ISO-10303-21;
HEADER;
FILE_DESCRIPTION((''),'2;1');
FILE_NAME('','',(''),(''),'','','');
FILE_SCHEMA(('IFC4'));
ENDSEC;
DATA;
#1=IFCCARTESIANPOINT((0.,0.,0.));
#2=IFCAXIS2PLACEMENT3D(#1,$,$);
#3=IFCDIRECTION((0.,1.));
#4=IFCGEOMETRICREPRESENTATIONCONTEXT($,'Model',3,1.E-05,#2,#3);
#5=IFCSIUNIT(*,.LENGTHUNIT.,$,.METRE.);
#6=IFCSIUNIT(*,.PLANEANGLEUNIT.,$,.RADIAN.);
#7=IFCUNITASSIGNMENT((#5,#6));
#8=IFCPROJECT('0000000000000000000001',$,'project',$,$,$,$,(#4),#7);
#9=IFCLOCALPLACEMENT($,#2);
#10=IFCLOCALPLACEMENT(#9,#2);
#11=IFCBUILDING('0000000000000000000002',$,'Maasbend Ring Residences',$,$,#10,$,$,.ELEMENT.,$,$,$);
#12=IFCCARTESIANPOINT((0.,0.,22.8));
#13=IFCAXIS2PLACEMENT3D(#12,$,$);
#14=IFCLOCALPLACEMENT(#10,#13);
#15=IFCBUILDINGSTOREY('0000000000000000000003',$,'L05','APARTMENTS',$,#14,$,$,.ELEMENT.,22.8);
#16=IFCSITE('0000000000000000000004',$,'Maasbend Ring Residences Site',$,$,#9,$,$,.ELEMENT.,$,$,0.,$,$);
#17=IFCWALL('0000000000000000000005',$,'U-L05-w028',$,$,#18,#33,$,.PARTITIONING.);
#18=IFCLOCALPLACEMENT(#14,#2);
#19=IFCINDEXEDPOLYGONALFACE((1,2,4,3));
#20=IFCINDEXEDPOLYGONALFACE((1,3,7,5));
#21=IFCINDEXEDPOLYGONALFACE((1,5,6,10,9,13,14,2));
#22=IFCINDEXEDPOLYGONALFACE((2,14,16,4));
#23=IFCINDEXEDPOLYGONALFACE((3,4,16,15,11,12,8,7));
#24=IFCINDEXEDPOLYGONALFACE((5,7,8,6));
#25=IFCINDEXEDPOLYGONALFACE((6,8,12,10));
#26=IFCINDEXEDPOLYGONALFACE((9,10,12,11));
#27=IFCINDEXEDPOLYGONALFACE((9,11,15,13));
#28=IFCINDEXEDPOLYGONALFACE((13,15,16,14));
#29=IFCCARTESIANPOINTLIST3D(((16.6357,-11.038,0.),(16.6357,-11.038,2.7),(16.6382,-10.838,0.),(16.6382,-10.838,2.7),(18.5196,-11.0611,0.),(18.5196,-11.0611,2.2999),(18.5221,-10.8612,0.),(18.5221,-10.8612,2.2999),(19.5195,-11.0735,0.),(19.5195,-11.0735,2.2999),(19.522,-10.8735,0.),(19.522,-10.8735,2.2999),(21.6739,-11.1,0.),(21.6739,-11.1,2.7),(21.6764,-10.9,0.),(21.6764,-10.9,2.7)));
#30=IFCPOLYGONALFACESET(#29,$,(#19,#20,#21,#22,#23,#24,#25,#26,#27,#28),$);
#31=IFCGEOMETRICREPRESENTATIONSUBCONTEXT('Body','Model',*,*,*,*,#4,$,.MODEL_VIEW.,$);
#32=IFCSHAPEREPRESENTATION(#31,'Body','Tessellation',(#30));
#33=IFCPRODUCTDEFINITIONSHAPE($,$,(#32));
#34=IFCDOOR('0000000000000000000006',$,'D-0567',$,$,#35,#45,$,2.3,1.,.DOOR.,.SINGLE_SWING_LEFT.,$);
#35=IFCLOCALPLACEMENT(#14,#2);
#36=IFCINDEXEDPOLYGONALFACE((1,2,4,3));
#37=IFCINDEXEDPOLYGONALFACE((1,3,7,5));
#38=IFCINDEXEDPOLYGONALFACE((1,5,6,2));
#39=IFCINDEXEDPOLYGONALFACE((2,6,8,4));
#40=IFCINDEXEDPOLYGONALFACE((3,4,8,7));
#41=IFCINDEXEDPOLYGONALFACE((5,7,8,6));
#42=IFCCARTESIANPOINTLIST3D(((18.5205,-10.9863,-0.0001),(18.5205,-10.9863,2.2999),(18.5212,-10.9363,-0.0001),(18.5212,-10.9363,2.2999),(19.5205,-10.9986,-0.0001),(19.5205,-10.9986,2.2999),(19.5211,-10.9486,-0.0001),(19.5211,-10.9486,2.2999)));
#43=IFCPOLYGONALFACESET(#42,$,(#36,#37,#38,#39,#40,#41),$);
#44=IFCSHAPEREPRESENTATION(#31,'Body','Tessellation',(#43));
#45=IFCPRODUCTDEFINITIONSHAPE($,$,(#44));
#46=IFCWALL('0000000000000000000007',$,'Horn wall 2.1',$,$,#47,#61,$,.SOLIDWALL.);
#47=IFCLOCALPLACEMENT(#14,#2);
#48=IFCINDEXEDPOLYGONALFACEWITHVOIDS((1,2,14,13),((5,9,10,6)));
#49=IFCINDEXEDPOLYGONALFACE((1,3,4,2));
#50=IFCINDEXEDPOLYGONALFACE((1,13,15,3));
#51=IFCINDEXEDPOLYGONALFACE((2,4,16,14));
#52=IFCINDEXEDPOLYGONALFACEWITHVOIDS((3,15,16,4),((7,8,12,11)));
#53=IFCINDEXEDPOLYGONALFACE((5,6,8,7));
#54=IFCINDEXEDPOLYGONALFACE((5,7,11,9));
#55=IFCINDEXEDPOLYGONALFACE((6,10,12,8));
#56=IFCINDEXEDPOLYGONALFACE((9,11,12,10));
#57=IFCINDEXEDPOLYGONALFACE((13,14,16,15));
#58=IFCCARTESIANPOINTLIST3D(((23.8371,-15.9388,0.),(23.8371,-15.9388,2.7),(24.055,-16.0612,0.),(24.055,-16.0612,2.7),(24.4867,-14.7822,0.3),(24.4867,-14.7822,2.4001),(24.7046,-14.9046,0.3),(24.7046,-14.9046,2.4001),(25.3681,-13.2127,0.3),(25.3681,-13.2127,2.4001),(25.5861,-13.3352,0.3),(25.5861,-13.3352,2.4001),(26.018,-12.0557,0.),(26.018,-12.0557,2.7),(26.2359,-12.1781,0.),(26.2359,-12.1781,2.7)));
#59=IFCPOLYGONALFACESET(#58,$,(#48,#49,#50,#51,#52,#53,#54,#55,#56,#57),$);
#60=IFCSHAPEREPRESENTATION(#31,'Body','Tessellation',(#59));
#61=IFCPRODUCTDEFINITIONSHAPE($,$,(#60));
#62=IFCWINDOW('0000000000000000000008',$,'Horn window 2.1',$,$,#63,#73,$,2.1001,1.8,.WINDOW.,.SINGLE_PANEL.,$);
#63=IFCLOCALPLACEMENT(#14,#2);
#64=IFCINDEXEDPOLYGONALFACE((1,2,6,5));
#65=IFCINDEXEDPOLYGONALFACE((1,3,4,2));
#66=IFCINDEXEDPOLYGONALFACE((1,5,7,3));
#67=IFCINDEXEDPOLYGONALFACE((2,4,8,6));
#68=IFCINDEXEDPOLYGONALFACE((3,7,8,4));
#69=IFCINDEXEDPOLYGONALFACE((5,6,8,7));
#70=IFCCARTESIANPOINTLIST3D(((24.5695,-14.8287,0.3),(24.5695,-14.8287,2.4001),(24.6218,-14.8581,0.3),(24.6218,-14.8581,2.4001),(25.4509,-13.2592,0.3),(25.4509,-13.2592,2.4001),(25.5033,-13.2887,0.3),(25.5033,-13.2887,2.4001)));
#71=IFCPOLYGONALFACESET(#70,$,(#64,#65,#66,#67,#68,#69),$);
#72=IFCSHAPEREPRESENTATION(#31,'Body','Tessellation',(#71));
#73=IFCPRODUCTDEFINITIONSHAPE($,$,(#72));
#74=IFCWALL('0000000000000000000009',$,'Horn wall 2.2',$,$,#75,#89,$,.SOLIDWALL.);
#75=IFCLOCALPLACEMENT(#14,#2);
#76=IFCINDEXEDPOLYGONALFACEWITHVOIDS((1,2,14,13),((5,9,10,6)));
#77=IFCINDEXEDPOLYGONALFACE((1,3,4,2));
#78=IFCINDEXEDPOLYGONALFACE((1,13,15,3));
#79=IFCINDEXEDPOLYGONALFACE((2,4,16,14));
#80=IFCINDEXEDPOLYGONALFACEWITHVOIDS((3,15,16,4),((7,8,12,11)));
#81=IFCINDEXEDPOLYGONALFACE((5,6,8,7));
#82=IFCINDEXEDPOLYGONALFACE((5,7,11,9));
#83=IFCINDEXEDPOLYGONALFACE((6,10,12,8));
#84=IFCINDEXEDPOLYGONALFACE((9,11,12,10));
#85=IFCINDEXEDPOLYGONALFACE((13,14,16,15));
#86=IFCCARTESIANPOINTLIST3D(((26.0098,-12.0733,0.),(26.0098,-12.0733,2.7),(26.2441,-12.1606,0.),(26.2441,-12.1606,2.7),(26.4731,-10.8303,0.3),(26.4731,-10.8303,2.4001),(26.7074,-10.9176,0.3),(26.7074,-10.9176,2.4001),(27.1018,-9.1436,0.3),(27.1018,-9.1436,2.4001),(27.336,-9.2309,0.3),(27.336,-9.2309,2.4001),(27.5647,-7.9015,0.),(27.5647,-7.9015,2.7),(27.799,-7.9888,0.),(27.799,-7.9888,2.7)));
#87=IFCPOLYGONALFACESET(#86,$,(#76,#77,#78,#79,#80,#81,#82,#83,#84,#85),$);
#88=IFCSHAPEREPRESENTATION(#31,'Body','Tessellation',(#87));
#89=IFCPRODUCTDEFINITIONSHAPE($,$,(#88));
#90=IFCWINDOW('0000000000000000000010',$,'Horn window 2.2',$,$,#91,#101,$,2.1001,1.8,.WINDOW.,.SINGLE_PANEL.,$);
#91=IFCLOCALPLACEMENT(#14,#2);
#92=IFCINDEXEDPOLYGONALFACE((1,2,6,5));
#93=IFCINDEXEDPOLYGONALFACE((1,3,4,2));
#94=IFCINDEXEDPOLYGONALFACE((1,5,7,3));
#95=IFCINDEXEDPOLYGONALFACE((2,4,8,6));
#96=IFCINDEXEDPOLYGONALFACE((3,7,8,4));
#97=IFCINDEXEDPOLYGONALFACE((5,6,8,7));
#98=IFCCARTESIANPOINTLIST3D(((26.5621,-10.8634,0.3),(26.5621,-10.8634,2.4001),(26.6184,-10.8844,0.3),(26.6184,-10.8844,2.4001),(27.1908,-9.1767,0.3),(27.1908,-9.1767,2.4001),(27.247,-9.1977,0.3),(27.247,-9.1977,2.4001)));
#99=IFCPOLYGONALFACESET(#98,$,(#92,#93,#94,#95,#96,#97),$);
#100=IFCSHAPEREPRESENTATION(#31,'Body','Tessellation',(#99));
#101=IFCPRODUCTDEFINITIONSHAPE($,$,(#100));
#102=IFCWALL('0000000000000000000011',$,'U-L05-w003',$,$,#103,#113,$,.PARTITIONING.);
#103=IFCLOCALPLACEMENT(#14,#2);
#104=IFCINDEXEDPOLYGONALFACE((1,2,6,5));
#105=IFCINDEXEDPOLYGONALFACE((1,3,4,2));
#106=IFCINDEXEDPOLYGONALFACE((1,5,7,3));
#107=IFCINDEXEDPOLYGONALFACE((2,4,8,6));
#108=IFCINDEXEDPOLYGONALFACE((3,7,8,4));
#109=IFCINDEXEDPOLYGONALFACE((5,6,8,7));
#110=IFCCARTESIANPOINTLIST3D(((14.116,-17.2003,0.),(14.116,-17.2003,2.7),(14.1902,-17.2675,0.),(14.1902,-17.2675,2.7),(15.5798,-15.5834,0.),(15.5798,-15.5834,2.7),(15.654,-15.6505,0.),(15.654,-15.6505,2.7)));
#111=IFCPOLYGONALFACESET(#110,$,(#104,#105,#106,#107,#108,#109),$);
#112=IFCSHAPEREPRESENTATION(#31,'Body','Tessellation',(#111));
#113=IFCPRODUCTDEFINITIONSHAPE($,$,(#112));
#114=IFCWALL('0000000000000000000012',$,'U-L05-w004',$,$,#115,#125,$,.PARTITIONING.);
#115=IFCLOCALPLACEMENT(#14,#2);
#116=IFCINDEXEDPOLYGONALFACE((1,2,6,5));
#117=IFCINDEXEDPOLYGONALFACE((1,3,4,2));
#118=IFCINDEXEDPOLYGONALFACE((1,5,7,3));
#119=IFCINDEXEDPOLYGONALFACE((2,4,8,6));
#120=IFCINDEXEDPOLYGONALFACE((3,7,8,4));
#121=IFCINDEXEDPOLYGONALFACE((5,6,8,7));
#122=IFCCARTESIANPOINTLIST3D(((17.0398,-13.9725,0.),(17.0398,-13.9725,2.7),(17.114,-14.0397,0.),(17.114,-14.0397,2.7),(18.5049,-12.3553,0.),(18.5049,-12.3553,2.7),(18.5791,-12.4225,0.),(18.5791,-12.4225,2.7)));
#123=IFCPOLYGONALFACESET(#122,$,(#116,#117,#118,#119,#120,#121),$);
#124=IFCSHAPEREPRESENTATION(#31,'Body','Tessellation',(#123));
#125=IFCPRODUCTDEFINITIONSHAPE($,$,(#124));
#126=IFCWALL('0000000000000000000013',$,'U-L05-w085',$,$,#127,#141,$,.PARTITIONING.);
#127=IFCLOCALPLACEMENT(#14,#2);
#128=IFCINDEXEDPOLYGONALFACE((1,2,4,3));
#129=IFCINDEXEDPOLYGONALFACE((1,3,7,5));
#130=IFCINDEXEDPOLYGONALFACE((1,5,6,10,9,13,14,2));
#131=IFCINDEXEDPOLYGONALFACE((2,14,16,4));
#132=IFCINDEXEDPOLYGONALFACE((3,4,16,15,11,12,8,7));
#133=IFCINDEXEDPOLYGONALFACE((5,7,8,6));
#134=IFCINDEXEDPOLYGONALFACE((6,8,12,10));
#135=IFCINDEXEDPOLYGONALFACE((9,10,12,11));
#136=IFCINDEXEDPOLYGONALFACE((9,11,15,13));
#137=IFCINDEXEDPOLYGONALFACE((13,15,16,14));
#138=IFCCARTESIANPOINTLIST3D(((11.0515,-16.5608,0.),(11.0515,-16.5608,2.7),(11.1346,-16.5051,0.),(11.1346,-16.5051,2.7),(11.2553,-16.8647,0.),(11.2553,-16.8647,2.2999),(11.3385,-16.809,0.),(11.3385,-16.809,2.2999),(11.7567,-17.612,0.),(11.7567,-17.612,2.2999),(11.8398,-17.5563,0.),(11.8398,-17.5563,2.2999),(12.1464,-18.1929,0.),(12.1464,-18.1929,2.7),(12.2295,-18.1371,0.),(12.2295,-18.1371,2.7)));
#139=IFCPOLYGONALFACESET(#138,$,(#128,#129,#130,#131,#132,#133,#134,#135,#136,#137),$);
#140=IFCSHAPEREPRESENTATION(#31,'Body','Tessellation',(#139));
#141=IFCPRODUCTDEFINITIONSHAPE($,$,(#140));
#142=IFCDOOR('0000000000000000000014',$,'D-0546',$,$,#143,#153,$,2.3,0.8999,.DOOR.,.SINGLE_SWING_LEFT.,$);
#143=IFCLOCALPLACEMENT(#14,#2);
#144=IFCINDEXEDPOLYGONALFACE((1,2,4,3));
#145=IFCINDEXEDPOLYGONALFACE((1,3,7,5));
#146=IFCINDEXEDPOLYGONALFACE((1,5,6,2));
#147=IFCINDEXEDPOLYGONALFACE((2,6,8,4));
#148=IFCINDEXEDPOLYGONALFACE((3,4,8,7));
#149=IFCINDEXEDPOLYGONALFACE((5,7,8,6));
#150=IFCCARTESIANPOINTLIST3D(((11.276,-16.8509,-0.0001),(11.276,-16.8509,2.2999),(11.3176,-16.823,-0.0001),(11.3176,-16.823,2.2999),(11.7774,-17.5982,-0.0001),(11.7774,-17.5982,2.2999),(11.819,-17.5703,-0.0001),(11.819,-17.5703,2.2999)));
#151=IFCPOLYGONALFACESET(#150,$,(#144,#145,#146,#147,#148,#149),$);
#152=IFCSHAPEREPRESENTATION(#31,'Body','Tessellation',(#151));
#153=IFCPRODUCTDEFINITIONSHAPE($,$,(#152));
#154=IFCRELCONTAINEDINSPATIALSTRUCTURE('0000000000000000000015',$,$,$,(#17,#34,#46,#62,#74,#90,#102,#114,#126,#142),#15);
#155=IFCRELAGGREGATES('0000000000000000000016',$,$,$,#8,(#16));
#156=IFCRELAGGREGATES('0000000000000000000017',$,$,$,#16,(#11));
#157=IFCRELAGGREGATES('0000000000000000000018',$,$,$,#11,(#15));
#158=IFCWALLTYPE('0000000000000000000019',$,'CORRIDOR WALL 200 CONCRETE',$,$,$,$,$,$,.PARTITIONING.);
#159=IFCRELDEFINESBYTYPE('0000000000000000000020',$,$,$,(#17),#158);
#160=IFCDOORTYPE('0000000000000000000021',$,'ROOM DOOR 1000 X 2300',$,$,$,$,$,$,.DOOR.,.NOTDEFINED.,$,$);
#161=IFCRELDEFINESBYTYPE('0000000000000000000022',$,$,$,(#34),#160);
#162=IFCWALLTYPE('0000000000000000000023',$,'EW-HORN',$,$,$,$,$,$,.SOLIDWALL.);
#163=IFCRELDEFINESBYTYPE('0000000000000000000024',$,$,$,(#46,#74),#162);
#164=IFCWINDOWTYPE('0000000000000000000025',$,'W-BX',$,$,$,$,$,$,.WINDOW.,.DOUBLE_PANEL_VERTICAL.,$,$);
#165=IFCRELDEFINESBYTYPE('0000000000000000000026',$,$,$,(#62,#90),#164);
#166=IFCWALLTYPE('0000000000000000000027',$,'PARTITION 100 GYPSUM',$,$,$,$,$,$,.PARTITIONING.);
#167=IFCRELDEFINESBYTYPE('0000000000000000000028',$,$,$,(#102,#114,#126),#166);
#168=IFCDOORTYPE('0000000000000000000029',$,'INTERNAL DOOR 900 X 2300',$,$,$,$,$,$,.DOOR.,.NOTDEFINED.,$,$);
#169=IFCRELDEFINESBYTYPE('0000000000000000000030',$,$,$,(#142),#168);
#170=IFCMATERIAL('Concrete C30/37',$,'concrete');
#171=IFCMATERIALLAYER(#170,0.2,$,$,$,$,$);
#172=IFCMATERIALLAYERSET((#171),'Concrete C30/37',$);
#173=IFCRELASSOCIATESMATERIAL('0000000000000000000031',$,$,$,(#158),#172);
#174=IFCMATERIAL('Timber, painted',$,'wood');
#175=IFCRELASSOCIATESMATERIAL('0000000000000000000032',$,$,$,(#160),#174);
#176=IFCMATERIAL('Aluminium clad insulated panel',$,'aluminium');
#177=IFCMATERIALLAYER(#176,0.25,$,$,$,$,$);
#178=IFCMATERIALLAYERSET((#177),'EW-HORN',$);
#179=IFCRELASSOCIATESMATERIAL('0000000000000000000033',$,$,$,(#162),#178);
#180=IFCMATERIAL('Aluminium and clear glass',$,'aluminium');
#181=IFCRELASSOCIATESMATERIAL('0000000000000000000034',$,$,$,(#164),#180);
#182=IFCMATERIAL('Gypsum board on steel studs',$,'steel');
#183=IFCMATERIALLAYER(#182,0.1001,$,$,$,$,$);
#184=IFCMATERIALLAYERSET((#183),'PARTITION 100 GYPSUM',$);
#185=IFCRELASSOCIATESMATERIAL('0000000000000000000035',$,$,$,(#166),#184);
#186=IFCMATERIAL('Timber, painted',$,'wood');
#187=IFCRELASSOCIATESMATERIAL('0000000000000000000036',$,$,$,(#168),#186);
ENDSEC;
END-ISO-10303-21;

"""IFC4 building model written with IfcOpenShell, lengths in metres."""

from ifc_helpers import new_model, si_unit, direction, frame, frame_2d, origin, place, context, subcontext, project, spatial, rectangle, extrude, material, layer, layer_set, type_object, element, fill, save


model = new_model("IFC4")

# Units and contexts
model_context = context("Model", 3, precision=1e-05, world=origin(), true_north=direction((0.0, 1.0)))
body_context = subcontext(model_context, "Body", "Model", "MODEL_VIEW")
ifc_project = project(units=[si_unit("LENGTHUNIT", "METRE"), si_unit("PLANEANGLEUNIT", "RADIAN")], contexts=[model_context])

# Site, building, storey
site_placement = place(None, origin())
site = spatial("IfcSite", under=ifc_project, at=site_placement, Name="Maasbend Ring Residences Site", CompositionType="ELEMENT", RefElevation=0.0)
building_placement = place(site_placement, origin())
building = spatial("IfcBuilding", under=site, at=building_placement, Name="Maasbend Ring Residences", CompositionType="ELEMENT")
storey_placement = place(building_placement, frame((0.0, 0.0, 22.8)))
storey = spatial("IfcBuildingStorey", under=building, at=storey_placement, Name="L05", Description="APARTMENTS", CompositionType="ELEMENT", Elevation=22.8)

# Shared definitions
ifc_material_1 = material(Name="Concrete C30/37", Category="concrete")
ifc_layer_1 = layer(ifc_material_1, 0.2)
ifc_layer_set_1 = layer_set([ifc_layer_1], Name="Concrete C30/37")
wall_type_1 = type_object("IfcWallType", Name="CORRIDOR WALL 200 CONCRETE", PredefinedType="PARTITIONING", material=ifc_layer_set_1)

# Wall, opening, door
wall_1_placement = place(storey_placement, frame((16.637, -10.938, 0.0), z_axis=(0.0, 0.0, 1.0), x_axis=(0.999924, -0.012308, 0.0)))
wall_1 = element("IfcWall", 1, at=wall_1_placement, inside=storey, type_object=wall_type_1, Name="U-L05-w028", PredefinedType="PARTITIONING", context=body_context, shape_type="SweptSolid", body=[
    extrude(rectangle(XDim=5.0386, YDim=0.2, at=frame_2d((2.5193, 0.0))), origin(), (0.0, 0.0, 1.0), 2.7),
])
opening_1_placement = place(wall_1_placement, frame((1.884, 0.0, 0.0)))
opening_1 = element("IfcOpeningElement", 2, at=opening_1_placement, cuts=wall_1, PredefinedType="OPENING", context=body_context, shape_type="SweptSolid", body=[
    extrude(rectangle(XDim=1.0, YDim=2.3, at=frame_2d((0.5, 1.1499))), frame((0.0, 0.1099, 0.0), z_axis=(0.0, -1.0, 0.0), x_axis=(1.0, 0.0, 0.0)), (0.0, 0.0, 1.0), 0.22),
])
ifc_material_2 = material(Name="Timber, painted", Category="wood")
door_type_1 = type_object("IfcDoorType", Name="ROOM DOOR 1000 X 2300", OperationType="NOTDEFINED", PredefinedType="DOOR", material=ifc_material_2)
door_1_placement = place(opening_1_placement, origin())
door_1 = element("IfcDoor", 3, at=door_1_placement, inside=storey, type_object=door_type_1, Name="D-0567", OperationType="SINGLE_SWING_LEFT", OverallHeight=2.3, OverallWidth=1.0, PredefinedType="DOOR", context=body_context, shape_type="SweptSolid", body=[
    extrude(rectangle(XDim=1.0, YDim=2.3, at=frame_2d((0.5, 1.1499))), frame((0.0, 0.0249, 0.0), z_axis=(0.0, -1.0, 0.0), x_axis=(1.0, 0.0, 0.0)), (0.0, 0.0, 1.0), 0.05),
])
fill(opening_1, door_1)

# Walls, openings, windows
ifc_material_3 = material(Name="Aluminium clad insulated panel", Category="aluminium")
ifc_layer_2 = layer(ifc_material_3, 0.25)
ifc_layer_set_2 = layer_set([ifc_layer_2], Name="EW-HORN")
wall_type_2 = type_object("IfcWallType", Name="EW-HORN", PredefinedType="SOLIDWALL", material=ifc_layer_set_2)
wall_2_placement = place(storey_placement, frame((23.946, -16.0, 0.0), z_axis=(0.0, 0.0, 1.0), x_axis=(0.489696, 0.871893, 0.0)))
wall_2 = element("IfcWall", 4, at=wall_2_placement, inside=storey, type_object=wall_type_2, Name="Horn wall 2.1", PredefinedType="SOLIDWALL", context=body_context, shape_type="SweptSolid", body=[
    extrude(rectangle(XDim=4.4536, YDim=0.25, at=frame_2d((2.2268, 0.0))), origin(), (0.0, 0.0, 1.0), 2.7),
])
opening_2_placement = place(wall_2_placement, frame((1.3267, 0.0, 0.3)))
opening_2 = element("IfcOpeningElement", 5, at=opening_2_placement, cuts=wall_2, PredefinedType="OPENING", context=body_context, shape_type="SweptSolid", body=[
    extrude(rectangle(XDim=1.8, YDim=2.1001, at=frame_2d((0.8999, 1.05))), frame((0.0, 0.135, 0.0), z_axis=(0.0, -1.0, 0.0), x_axis=(1.0, 0.0, 0.0)), (0.0, 0.0, 1.0), 0.27),
])
ifc_material_4 = material(Name="Aluminium and clear glass", Category="aluminium")
window_type = type_object("IfcWindowType", Name="W-BX", PartitioningType="DOUBLE_PANEL_VERTICAL", PredefinedType="WINDOW", material=ifc_material_4)
window_1_placement = place(opening_2_placement, origin())
window_1 = element("IfcWindow", 6, at=window_1_placement, inside=storey, type_object=window_type, Name="Horn window 2.1", OverallHeight=2.1001, OverallWidth=1.8, PartitioningType="SINGLE_PANEL", PredefinedType="WINDOW", context=body_context, shape_type="SweptSolid", body=[
    extrude(rectangle(XDim=1.8, YDim=2.1001, at=frame_2d((0.8999, 1.05))), frame((0.0, 0.03, 0.0), z_axis=(0.0, -1.0, 0.0), x_axis=(1.0, 0.0, 0.0)), (0.0, 0.0, 1.0), 0.0601),
])
fill(opening_2, window_1)
wall_3_placement = place(storey_placement, frame((26.127, -12.1169, 0.0), z_axis=(0.0, 0.0, 1.0), x_axis=(0.349248, 0.93703, 0.0)))
wall_3 = element("IfcWall", 7, at=wall_3_placement, inside=storey, type_object=wall_type_2, Name="Horn wall 2.2", PredefinedType="SOLIDWALL", context=body_context, shape_type="SweptSolid", body=[
    extrude(rectangle(XDim=4.4521, YDim=0.25, at=frame_2d((2.2261, 0.0))), origin(), (0.0, 0.0, 1.0), 2.7),
])
opening_3_placement = place(wall_3_placement, frame((1.3267, 0.0, 0.3)))
opening_3 = element("IfcOpeningElement", 8, at=opening_3_placement, cuts=wall_3, PredefinedType="OPENING", context=body_context, shape_type="SweptSolid", body=[
    extrude(rectangle(XDim=1.8, YDim=2.1001, at=frame_2d((0.8999, 1.05))), frame((0.0, 0.135, 0.0), z_axis=(0.0, -1.0, 0.0), x_axis=(1.0, 0.0, 0.0)), (0.0, 0.0, 1.0), 0.27),
])
window_2_placement = place(opening_3_placement, origin())
window_2 = element("IfcWindow", 9, at=window_2_placement, inside=storey, type_object=window_type, Name="Horn window 2.2", OverallHeight=2.1001, OverallWidth=1.8, PartitioningType="SINGLE_PANEL", PredefinedType="WINDOW", context=body_context, shape_type="SweptSolid", body=[
    extrude(rectangle(XDim=1.8, YDim=2.1001, at=frame_2d((0.8999, 1.05))), frame((0.0, 0.03, 0.0), z_axis=(0.0, -1.0, 0.0), x_axis=(1.0, 0.0, 0.0)), (0.0, 0.0, 1.0), 0.0601),
])
fill(opening_3, window_2)

# Walls
ifc_material_5 = material(Name="Gypsum board on steel studs", Category="steel")
ifc_layer_3 = layer(ifc_material_5, 0.1001)
ifc_layer_set_3 = layer_set([ifc_layer_3], Name="PARTITION 100 GYPSUM")
wall_type_3 = type_object("IfcWallType", Name="PARTITION 100 GYPSUM", PredefinedType="PARTITIONING", material=ifc_layer_set_3)
wall_4_placement = place(storey_placement, frame((14.1531, -17.2339, 0.0), z_axis=(0.0, 0.0, 1.0), x_axis=(0.671145, 0.741326, 0.0)))
element("IfcWall", 10, at=wall_4_placement, inside=storey, type_object=wall_type_3, Name="U-L05-w003", PredefinedType="PARTITIONING", context=body_context, shape_type="SweptSolid", body=[
    extrude(rectangle(XDim=2.1812, YDim=0.1001, at=frame_2d((1.0906, 0.0))), origin(), (0.0, 0.0, 1.0), 2.7),
])
wall_5_placement = place(storey_placement, frame((17.0769, -14.0061, 0.0), z_axis=(0.0, 0.0, 1.0), x_axis=(0.671397, 0.741098, 0.0)))
element("IfcWall", 11, at=wall_5_placement, inside=storey, type_object=wall_type_3, Name="U-L05-w004", PredefinedType="PARTITIONING", context=body_context, shape_type="SweptSolid", body=[
    extrude(rectangle(XDim=2.1821, YDim=0.1001, at=frame_2d((1.0911, 0.0))), origin(), (0.0, 0.0, 1.0), 2.7),
])

# Wall, opening, door
wall_6_placement = place(storey_placement, frame((11.093, -16.533, 0.0), z_axis=(0.0, 0.0, 1.0), x_axis=(0.557134, -0.830422, 0.0)))
wall_6 = element("IfcWall", 12, at=wall_6_placement, inside=storey, type_object=wall_type_3, Name="U-L05-w085", PredefinedType="PARTITIONING", context=body_context, shape_type="SweptSolid", body=[
    extrude(rectangle(XDim=1.9653, YDim=0.1001, at=frame_2d((0.9827, 0.0))), origin(), (0.0, 0.0, 1.0), 2.7),
])
opening_4_placement = place(wall_6_placement, frame((0.366, 0.0, 0.0)))
opening_4 = element("IfcOpeningElement", 13, at=opening_4_placement, cuts=wall_6, PredefinedType="OPENING", context=body_context, shape_type="SweptSolid", body=[
    extrude(rectangle(XDim=0.8999, YDim=2.3, at=frame_2d((0.45, 1.1499))), frame((0.0, 0.0601, 0.0), z_axis=(0.0, -1.0, 0.0), x_axis=(1.0, 0.0, 0.0)), (0.0, 0.0, 1.0), 0.1201),
])
ifc_material_6 = material(Name="Timber, painted", Category="wood")
door_type_2 = type_object("IfcDoorType", Name="INTERNAL DOOR 900 X 2300", OperationType="NOTDEFINED", PredefinedType="DOOR", material=ifc_material_6)
door_2_placement = place(opening_4_placement, origin())
door_2 = element("IfcDoor", 14, at=door_2_placement, inside=storey, type_object=door_type_2, Name="D-0546", OperationType="SINGLE_SWING_LEFT", OverallHeight=2.3, OverallWidth=0.8999, PredefinedType="DOOR", context=body_context, shape_type="SweptSolid", body=[
    extrude(rectangle(XDim=0.8999, YDim=2.3, at=frame_2d((0.45, 1.1499))), frame((0.0, 0.0249, 0.0), z_axis=(0.0, -1.0, 0.0), x_axis=(1.0, 0.0, 0.0)), (0.0, 0.0, 1.0), 0.05),
])
fill(opening_4, door_2)

save(model, "model.ifc")
